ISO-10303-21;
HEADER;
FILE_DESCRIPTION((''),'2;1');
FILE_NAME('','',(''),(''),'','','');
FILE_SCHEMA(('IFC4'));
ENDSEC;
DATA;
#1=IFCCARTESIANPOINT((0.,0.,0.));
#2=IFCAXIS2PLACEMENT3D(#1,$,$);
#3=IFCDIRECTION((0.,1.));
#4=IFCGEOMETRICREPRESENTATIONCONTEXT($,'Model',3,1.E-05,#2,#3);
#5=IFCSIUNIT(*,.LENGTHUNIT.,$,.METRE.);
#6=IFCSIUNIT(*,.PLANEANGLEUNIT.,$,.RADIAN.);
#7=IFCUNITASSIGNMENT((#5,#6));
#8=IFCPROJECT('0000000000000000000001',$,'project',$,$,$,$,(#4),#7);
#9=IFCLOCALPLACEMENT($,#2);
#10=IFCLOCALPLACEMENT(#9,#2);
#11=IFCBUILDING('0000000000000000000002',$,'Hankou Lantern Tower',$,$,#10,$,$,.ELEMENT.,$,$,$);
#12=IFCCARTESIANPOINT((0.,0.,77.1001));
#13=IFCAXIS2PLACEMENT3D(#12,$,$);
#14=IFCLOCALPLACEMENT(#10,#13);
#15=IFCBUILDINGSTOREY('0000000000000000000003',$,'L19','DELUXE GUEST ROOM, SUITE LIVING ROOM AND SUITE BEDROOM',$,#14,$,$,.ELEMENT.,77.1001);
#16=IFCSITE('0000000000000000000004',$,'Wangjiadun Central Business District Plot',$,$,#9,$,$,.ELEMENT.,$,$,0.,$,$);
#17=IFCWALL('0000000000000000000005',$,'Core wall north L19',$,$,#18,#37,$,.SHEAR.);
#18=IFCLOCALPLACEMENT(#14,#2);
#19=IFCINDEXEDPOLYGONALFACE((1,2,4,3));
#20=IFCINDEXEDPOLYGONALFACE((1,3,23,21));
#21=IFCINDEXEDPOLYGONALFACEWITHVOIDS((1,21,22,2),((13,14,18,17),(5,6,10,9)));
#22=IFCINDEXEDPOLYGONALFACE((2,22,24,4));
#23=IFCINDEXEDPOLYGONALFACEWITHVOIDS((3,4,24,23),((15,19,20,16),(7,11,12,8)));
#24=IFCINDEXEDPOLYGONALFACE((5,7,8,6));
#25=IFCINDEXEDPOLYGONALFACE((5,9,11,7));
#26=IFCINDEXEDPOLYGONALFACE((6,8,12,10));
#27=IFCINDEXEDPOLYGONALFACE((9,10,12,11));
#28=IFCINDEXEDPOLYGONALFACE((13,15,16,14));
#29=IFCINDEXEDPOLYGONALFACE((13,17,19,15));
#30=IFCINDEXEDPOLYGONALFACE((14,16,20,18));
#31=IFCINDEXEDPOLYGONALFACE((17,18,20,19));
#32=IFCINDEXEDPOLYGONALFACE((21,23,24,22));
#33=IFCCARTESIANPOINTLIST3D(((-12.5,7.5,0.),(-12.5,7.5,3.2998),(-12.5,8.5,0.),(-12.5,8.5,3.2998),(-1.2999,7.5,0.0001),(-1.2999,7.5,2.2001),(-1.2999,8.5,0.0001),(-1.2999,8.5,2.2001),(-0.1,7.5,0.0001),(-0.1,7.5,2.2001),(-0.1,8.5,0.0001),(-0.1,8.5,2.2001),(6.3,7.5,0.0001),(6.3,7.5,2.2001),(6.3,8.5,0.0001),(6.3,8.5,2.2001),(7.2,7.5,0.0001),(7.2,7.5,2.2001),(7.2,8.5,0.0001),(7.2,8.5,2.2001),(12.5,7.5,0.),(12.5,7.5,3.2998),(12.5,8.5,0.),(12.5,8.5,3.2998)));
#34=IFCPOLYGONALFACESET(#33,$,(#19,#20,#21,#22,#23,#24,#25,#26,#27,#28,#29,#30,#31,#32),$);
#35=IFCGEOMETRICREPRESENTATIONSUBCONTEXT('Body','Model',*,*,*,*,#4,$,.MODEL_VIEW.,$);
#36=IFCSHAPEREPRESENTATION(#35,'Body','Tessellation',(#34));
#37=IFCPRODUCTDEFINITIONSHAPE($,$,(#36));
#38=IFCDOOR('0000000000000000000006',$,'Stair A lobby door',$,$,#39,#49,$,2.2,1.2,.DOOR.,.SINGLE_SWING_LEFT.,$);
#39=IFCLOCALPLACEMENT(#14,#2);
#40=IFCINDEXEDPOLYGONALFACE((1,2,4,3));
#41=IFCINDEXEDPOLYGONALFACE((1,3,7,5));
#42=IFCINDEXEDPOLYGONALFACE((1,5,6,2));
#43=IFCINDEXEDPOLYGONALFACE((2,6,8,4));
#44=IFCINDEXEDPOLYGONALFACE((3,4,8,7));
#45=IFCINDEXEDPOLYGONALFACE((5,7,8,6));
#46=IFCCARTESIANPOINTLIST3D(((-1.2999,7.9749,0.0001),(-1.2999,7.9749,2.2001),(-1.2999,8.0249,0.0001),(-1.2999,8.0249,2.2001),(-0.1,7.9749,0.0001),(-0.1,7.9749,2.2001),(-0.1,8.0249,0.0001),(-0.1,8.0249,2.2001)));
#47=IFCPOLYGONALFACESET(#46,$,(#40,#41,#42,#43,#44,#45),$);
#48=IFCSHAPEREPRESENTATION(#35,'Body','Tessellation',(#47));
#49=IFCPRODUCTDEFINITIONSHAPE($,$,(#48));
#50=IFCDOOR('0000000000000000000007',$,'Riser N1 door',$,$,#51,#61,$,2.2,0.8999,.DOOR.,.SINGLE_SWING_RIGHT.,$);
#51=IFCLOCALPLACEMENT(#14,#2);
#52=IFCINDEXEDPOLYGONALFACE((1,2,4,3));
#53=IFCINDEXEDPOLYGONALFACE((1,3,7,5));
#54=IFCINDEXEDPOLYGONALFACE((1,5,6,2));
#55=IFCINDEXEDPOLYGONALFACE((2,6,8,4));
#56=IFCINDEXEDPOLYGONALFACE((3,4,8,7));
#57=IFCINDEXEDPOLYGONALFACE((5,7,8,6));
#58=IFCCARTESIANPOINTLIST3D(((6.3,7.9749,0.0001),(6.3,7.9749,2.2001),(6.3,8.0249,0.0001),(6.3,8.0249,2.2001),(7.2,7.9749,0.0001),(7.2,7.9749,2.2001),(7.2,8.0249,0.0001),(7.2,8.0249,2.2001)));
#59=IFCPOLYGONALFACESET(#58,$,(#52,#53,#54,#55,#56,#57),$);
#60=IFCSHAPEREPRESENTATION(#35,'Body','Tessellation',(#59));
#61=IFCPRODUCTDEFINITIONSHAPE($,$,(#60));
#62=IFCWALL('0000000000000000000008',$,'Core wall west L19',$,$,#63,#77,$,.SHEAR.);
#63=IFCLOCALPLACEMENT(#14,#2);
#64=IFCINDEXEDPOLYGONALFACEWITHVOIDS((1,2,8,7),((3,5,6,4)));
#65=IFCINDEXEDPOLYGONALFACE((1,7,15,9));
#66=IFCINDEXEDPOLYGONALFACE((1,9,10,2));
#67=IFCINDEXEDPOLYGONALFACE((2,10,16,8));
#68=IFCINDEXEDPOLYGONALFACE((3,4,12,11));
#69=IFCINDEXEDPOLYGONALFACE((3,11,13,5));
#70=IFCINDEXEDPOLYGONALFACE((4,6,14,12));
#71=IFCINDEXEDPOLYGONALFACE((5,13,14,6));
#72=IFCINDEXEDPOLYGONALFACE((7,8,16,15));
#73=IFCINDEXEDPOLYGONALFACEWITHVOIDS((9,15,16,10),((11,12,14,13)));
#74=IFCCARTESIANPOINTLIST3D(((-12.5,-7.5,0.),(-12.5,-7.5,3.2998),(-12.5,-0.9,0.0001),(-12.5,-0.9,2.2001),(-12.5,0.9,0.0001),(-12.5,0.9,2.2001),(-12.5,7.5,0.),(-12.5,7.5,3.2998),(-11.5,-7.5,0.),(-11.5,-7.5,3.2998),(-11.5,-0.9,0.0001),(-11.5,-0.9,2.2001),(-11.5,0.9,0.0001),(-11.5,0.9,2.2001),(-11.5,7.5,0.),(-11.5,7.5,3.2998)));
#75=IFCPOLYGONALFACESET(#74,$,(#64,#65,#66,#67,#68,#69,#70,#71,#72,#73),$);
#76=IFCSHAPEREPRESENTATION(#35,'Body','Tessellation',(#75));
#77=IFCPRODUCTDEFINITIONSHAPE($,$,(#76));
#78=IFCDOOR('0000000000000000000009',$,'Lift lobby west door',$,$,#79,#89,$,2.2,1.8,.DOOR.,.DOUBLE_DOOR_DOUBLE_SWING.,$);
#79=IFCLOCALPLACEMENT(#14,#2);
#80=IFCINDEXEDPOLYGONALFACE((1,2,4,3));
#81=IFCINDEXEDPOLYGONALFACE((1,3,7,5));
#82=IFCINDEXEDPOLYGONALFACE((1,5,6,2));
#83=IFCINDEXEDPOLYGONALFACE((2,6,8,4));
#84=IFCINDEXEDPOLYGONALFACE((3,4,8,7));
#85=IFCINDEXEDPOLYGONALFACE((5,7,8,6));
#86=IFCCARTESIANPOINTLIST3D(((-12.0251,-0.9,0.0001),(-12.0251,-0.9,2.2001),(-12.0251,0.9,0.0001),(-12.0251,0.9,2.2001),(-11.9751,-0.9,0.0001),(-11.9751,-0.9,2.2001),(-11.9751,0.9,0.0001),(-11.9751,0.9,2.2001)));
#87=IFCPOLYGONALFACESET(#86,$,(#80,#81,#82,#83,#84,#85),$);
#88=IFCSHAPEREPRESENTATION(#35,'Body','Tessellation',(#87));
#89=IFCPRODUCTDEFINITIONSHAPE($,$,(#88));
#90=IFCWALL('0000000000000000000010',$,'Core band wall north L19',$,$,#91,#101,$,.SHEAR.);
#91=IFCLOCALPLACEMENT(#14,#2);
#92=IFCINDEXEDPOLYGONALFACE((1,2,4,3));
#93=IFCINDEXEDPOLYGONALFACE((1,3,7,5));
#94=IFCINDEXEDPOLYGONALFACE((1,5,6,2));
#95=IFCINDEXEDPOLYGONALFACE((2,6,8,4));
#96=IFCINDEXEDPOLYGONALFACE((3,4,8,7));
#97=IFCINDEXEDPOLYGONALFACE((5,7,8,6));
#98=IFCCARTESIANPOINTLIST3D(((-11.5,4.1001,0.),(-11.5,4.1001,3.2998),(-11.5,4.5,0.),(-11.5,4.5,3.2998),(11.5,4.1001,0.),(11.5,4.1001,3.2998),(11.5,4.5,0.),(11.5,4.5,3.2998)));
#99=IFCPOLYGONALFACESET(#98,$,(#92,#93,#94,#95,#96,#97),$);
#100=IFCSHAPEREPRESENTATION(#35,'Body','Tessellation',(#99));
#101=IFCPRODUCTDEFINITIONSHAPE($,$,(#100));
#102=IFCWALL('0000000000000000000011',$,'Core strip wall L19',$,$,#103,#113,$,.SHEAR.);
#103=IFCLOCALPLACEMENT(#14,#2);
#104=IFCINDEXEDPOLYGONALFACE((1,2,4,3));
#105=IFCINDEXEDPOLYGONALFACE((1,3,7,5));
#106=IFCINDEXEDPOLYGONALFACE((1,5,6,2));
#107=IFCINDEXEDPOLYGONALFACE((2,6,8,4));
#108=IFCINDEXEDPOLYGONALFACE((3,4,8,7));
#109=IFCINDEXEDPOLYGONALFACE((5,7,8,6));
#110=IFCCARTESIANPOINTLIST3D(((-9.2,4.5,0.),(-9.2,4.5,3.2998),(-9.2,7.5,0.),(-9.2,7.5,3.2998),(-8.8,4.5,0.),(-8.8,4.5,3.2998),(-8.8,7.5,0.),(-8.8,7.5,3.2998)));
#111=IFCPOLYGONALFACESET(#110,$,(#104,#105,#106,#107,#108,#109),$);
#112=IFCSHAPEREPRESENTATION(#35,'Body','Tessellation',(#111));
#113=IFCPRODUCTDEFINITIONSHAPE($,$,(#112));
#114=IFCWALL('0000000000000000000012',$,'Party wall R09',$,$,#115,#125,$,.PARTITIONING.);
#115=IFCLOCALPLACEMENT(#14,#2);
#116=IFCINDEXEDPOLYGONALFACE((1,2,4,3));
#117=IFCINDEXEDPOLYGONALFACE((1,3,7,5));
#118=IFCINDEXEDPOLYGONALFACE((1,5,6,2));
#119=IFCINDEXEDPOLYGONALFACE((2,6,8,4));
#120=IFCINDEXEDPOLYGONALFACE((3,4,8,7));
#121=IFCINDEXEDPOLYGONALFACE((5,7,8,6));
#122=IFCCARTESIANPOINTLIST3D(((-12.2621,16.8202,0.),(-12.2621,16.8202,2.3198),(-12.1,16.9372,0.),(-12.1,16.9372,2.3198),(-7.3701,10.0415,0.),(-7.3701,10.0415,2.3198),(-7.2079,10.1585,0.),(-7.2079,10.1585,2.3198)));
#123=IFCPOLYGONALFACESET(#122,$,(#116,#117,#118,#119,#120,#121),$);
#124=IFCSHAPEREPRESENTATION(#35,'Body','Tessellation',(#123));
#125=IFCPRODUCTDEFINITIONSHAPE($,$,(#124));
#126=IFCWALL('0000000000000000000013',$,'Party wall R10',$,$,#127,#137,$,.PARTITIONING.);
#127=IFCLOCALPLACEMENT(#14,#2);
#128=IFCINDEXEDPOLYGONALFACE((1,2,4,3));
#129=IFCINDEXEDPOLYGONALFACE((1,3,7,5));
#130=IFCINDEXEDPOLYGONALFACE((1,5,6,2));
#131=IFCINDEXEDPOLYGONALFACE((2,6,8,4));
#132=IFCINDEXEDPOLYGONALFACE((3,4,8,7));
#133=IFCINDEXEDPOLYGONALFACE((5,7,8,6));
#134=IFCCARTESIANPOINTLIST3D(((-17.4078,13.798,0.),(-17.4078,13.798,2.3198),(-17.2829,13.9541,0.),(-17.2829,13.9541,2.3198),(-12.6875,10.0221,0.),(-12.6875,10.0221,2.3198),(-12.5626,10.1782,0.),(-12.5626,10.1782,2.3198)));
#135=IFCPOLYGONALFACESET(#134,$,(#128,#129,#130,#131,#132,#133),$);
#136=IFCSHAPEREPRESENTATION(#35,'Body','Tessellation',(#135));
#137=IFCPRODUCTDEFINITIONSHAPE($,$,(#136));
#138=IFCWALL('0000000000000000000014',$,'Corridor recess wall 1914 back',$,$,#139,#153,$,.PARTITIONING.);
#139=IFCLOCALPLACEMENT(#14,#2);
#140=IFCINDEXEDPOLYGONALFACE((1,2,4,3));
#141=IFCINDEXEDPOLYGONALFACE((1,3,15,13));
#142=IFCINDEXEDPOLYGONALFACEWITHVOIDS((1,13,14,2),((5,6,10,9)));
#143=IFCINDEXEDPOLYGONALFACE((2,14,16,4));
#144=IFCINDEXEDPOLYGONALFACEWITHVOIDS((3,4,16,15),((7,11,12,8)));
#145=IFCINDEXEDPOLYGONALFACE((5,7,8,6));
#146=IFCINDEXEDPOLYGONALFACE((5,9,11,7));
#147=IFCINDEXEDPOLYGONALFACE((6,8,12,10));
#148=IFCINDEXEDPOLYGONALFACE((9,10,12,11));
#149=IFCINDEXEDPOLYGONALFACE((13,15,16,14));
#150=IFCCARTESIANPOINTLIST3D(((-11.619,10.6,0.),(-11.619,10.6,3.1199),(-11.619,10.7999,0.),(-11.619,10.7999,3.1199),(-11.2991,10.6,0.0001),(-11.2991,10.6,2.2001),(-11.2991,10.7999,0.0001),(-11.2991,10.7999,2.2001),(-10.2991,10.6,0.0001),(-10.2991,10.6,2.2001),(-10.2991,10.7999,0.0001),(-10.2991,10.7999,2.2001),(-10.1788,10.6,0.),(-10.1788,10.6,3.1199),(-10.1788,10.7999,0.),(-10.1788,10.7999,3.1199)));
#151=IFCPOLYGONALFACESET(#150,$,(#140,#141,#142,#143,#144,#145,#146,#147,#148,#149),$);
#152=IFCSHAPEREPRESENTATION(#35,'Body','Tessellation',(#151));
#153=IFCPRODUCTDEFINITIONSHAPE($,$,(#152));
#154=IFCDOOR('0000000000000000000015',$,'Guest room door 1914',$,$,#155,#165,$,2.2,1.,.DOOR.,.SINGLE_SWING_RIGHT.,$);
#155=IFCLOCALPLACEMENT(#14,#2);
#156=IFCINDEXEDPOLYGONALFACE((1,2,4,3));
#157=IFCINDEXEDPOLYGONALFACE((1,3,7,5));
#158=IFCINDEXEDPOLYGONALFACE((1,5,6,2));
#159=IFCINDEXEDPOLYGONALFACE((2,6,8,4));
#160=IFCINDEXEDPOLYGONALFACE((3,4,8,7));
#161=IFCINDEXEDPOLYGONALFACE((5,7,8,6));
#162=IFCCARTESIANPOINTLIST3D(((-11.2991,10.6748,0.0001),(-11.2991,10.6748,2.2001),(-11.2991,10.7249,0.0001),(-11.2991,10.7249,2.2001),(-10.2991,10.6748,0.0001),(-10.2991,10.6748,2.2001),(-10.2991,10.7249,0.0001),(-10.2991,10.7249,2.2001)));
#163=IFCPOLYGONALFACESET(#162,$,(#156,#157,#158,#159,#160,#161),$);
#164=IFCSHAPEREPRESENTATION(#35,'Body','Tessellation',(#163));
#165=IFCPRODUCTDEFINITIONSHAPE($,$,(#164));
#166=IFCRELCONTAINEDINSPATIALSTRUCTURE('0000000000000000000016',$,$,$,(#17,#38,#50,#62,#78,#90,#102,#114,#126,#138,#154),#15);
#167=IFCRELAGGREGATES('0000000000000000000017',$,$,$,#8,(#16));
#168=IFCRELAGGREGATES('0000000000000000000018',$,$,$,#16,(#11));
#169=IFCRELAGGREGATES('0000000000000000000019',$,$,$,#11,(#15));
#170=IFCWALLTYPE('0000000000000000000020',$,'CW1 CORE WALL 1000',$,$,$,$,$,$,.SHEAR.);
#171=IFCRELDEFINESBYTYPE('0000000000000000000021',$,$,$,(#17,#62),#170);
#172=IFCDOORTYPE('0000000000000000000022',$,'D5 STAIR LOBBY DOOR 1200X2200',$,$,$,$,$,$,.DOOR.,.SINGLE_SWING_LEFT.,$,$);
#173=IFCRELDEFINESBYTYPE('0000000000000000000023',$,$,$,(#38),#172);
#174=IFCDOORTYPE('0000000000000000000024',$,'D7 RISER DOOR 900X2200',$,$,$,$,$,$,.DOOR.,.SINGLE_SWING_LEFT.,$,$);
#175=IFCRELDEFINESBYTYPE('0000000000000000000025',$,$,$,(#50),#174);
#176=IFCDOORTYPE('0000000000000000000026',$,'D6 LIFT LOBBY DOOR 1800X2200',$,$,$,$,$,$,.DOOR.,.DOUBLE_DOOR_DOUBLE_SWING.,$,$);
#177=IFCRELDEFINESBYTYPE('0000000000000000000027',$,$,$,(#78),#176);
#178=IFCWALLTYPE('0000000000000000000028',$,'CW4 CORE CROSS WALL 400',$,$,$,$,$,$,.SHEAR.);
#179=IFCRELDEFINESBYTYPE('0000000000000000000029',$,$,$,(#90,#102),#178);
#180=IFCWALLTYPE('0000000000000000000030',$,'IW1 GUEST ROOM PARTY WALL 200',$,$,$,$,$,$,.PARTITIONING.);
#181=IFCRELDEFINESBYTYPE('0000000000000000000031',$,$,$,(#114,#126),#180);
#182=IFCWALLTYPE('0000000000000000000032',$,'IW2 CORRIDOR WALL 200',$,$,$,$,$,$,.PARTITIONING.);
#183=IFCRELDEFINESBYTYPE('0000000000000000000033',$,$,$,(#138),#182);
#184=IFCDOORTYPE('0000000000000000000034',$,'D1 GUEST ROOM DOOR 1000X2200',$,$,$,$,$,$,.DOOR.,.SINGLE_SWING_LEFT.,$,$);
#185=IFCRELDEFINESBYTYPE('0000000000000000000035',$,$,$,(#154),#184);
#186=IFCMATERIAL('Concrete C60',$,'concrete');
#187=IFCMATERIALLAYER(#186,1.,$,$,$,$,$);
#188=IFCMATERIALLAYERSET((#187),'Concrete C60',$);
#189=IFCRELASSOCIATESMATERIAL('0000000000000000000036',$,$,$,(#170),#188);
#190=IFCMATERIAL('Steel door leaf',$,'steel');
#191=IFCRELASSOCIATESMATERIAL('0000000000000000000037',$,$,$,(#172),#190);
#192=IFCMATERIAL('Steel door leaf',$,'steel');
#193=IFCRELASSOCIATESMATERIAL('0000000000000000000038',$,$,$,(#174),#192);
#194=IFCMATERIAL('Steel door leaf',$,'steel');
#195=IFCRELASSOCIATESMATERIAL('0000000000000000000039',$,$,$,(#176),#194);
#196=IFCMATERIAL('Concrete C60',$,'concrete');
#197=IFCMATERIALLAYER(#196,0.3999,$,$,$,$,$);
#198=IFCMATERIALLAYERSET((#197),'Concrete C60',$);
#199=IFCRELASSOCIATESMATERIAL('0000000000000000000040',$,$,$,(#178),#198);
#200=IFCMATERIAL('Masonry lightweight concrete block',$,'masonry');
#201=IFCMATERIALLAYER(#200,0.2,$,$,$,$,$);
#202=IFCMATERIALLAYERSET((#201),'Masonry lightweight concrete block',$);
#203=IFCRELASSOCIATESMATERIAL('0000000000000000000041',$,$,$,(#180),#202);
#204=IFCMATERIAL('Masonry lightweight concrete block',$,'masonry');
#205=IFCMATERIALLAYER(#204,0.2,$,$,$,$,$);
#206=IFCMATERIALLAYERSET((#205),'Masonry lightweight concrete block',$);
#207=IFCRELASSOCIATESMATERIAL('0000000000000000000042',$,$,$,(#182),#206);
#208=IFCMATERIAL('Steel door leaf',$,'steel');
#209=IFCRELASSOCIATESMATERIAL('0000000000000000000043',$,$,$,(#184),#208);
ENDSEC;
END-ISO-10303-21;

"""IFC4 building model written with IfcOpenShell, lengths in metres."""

from ifc_helpers import new_model, si_unit, direction, frame, frame_2d, origin, place, context, subcontext, project, spatial, rectangle, extrude, material, layer, layer_set, type_object, element, fill, save


model = new_model("IFC4")

# Units and contexts
model_context = context("Model", 3, precision=1e-05, world=origin(), true_north=direction((0.0, 1.0)))
body_context = subcontext(model_context, "Body", "Model", "MODEL_VIEW")
ifc_project = project(units=[si_unit("LENGTHUNIT", "METRE"), si_unit("PLANEANGLEUNIT", "RADIAN")], contexts=[model_context])

# Site, building, storey
site_placement = place(None, origin())
site = spatial("IfcSite", under=ifc_project, at=site_placement, Name="Wangjiadun Central Business District Plot", CompositionType="ELEMENT", RefElevation=0.0)
building_placement = place(site_placement, origin())
building = spatial("IfcBuilding", under=site, at=building_placement, Name="Hankou Lantern Tower", CompositionType="ELEMENT")
storey_placement = place(building_placement, frame((0.0, 0.0, 77.1001)))
storey = spatial("IfcBuildingStorey", under=building, at=storey_placement, Name="L19", Description="DELUXE GUEST ROOM, SUITE LIVING ROOM AND SUITE BEDROOM", CompositionType="ELEMENT", Elevation=77.1001)

# Wall, openings, doors
ifc_material_1 = material(Name="Concrete C60", Category="concrete")
ifc_layer_1 = layer(ifc_material_1, 1.0)
ifc_layer_set_1 = layer_set([ifc_layer_1], Name="Concrete C60")
wall_type_1 = type_object("IfcWallType", Name="CW1 CORE WALL 1000", PredefinedType="SHEAR", material=ifc_layer_set_1)
wall_1_placement = place(storey_placement, frame((-12.5, 8.0, 0.0), z_axis=(0.0, 0.0, 1.0), x_axis=(1.0, 0.0, 0.0)))
wall_1 = element("IfcWall", 1, at=wall_1_placement, inside=storey, type_object=wall_type_1, Name="Core wall north L19", PredefinedType="SHEAR", context=body_context, shape_type="SweptSolid", body=[
    extrude(rectangle(XDim=25.0, YDim=1.0, at=frame_2d((12.5, 0.0))), origin(), (0.0, 0.0, 1.0), 3.2998),
])
opening_1_placement = place(wall_1_placement, frame((11.2, 0.0, 0.0)))
opening_1 = element("IfcOpeningElement", 2, at=opening_1_placement, cuts=wall_1, PredefinedType="OPENING", context=body_context, shape_type="SweptSolid", body=[
    extrude(rectangle(XDim=1.2, YDim=2.2, at=frame_2d((0.6001, 1.1001))), frame((0.0, 0.51, 0.0), z_axis=(0.0, -1.0, 0.0), x_axis=(1.0, 0.0, 0.0)), (0.0, 0.0, 1.0), 1.02),
])
opening_2_placement = place(wall_1_placement, frame((18.8, 0.0, 0.0)))
opening_2 = element("IfcOpeningElement", 3, at=opening_2_placement, cuts=wall_1, PredefinedType="OPENING", context=body_context, shape_type="SweptSolid", body=[
    extrude(rectangle(XDim=0.8999, YDim=2.2, at=frame_2d((0.45, 1.1001))), frame((0.0, 0.51, 0.0), z_axis=(0.0, -1.0, 0.0), x_axis=(1.0, 0.0, 0.0)), (0.0, 0.0, 1.0), 1.02),
])
ifc_material_2 = material(Name="Steel door leaf", Category="steel")
door_type_1 = type_object("IfcDoorType", Name="D5 STAIR LOBBY DOOR 1200X2200", OperationType="SINGLE_SWING_LEFT", PredefinedType="DOOR", material=ifc_material_2)
door_1_placement = place(opening_1_placement, origin())
door_1 = element("IfcDoor", 4, at=door_1_placement, inside=storey, type_object=door_type_1, Name="Stair A lobby door", OperationType="SINGLE_SWING_LEFT", OverallHeight=2.2, OverallWidth=1.2, PredefinedType="DOOR", context=body_context, shape_type="SweptSolid", body=[
    extrude(rectangle(XDim=1.2, YDim=2.2, at=frame_2d((0.6001, 1.1001))), frame((0.0, 0.0249, 0.0), z_axis=(0.0, -1.0, 0.0), x_axis=(1.0, 0.0, 0.0)), (0.0, 0.0, 1.0), 0.05),
])
fill(opening_1, door_1)
ifc_material_3 = material(Name="Steel door leaf", Category="steel")
door_type_2 = type_object("IfcDoorType", Name="D7 RISER DOOR 900X2200", OperationType="SINGLE_SWING_LEFT", PredefinedType="DOOR", material=ifc_material_3)
door_2_placement = place(opening_2_placement, origin())
door_2 = element("IfcDoor", 5, at=door_2_placement, inside=storey, type_object=door_type_2, Name="Riser N1 door", OperationType="SINGLE_SWING_RIGHT", OverallHeight=2.2, OverallWidth=0.8999, PredefinedType="DOOR", context=body_context, shape_type="SweptSolid", body=[
    extrude(rectangle(XDim=0.8999, YDim=2.2, at=frame_2d((0.45, 1.1001))), frame((0.0, 0.0249, 0.0), z_axis=(0.0, -1.0, 0.0), x_axis=(1.0, 0.0, 0.0)), (0.0, 0.0, 1.0), 0.05),
])
fill(opening_2, door_2)

# Wall, opening, door
wall_2_placement = place(storey_placement, frame((-12.0, 7.5, 0.0), z_axis=(0.0, 0.0, 1.0), x_axis=(0.0, -1.0, 0.0)))
wall_2 = element("IfcWall", 6, at=wall_2_placement, inside=storey, type_object=wall_type_1, Name="Core wall west L19", PredefinedType="SHEAR", context=body_context, shape_type="SweptSolid", body=[
    extrude(rectangle(XDim=15.0, YDim=1.0, at=frame_2d((7.5, 0.0))), origin(), (0.0, 0.0, 1.0), 3.2998),
])
opening_3_placement = place(wall_2_placement, frame((6.6001, 0.0, 0.0)))
opening_3 = element("IfcOpeningElement", 7, at=opening_3_placement, cuts=wall_2, PredefinedType="OPENING", context=body_context, shape_type="SweptSolid", body=[
    extrude(rectangle(XDim=1.8, YDim=2.2, at=frame_2d((0.8999, 1.1001))), frame((0.0, 0.51, 0.0), z_axis=(0.0, -1.0, 0.0), x_axis=(1.0, 0.0, 0.0)), (0.0, 0.0, 1.0), 1.02),
])
ifc_material_4 = material(Name="Steel door leaf", Category="steel")
door_type_3 = type_object("IfcDoorType", Name="D6 LIFT LOBBY DOOR 1800X2200", OperationType="DOUBLE_DOOR_DOUBLE_SWING", PredefinedType="DOOR", material=ifc_material_4)
door_3_placement = place(opening_3_placement, origin())
door_3 = element("IfcDoor", 8, at=door_3_placement, inside=storey, type_object=door_type_3, Name="Lift lobby west door", OperationType="DOUBLE_DOOR_DOUBLE_SWING", OverallHeight=2.2, OverallWidth=1.8, PredefinedType="DOOR", context=body_context, shape_type="SweptSolid", body=[
    extrude(rectangle(XDim=1.8, YDim=2.2, at=frame_2d((0.8999, 1.1001))), frame((0.0, 0.0249, 0.0), z_axis=(0.0, -1.0, 0.0), x_axis=(1.0, 0.0, 0.0)), (0.0, 0.0, 1.0), 0.05),
])
fill(opening_3, door_3)

# Walls
ifc_material_5 = material(Name="Concrete C60", Category="concrete")
ifc_layer_2 = layer(ifc_material_5, 0.3999)
ifc_layer_set_2 = layer_set([ifc_layer_2], Name="Concrete C60")
wall_type_2 = type_object("IfcWallType", Name="CW4 CORE CROSS WALL 400", PredefinedType="SHEAR", material=ifc_layer_set_2)
wall_3_placement = place(storey_placement, frame((-11.5, 4.3, 0.0), z_axis=(0.0, 0.0, 1.0), x_axis=(1.0, 0.0, 0.0)))
element("IfcWall", 9, at=wall_3_placement, inside=storey, type_object=wall_type_2, Name="Core band wall north L19", PredefinedType="SHEAR", context=body_context, shape_type="SweptSolid", body=[
    extrude(rectangle(XDim=23.0, YDim=0.3999, at=frame_2d((11.5, 0.0))), origin(), (0.0, 0.0, 1.0), 3.2998),
])
wall_4_placement = place(storey_placement, frame((-9.0, 4.5, 0.0), z_axis=(0.0, 0.0, 1.0), x_axis=(0.0, 1.0, 0.0)))
element("IfcWall", 10, at=wall_4_placement, inside=storey, type_object=wall_type_2, Name="Core strip wall L19", PredefinedType="SHEAR", context=body_context, shape_type="SweptSolid", body=[
    extrude(rectangle(XDim=3.0, YDim=0.3999, at=frame_2d((1.5, 0.0))), origin(), (0.0, 0.0, 1.0), 3.2998),
])
ifc_material_6 = material(Name="Masonry lightweight concrete block", Category="masonry")
ifc_layer_3 = layer(ifc_material_6, 0.2)
ifc_layer_set_3 = layer_set([ifc_layer_3], Name="Masonry lightweight concrete block")
wall_type_3 = type_object("IfcWallType", Name="IW1 GUEST ROOM PARTY WALL 200", PredefinedType="PARTITIONING", material=ifc_layer_set_3)
wall_5_placement = place(storey_placement, frame((-7.2891, 10.1001, 0.0), z_axis=(0.0, 0.0, 1.0), x_axis=(-0.585198, 0.81089, 0.0)))
element("IfcWall", 11, at=wall_5_placement, inside=storey, type_object=wall_type_3, Name="Party wall R09", PredefinedType="PARTITIONING", context=body_context, shape_type="SweptSolid", body=[
    extrude(rectangle(XDim=8.3596, YDim=0.2, at=frame_2d((4.1797, 0.0))), origin(), (0.0, 0.0, 1.0), 2.3198),
])
wall_6_placement = place(storey_placement, frame((-12.625, 10.1001, 0.0), z_axis=(0.0, 0.0, 1.0), x_axis=(-0.780892, 0.624665, 0.0)))
element("IfcWall", 12, at=wall_6_placement, inside=storey, type_object=wall_type_3, Name="Party wall R10", PredefinedType="PARTITIONING", context=body_context, shape_type="SweptSolid", body=[
    extrude(rectangle(XDim=6.0447, YDim=0.2, at=frame_2d((3.0225, 0.0))), origin(), (0.0, 0.0, 1.0), 2.3198),
])

# Wall, opening, door
ifc_material_7 = material(Name="Masonry lightweight concrete block", Category="masonry")
ifc_layer_4 = layer(ifc_material_7, 0.2)
ifc_layer_set_4 = layer_set([ifc_layer_4], Name="Masonry lightweight concrete block")
wall_type_4 = type_object("IfcWallType", Name="IW2 CORRIDOR WALL 200", PredefinedType="PARTITIONING", material=ifc_layer_set_4)
wall_7_placement = place(storey_placement, frame((-11.6191, 10.7, 0.0), z_axis=(0.0, 0.0, 1.0), x_axis=(1.0, 0.0, 0.0)))
wall_7 = element("IfcWall", 13, at=wall_7_placement, inside=storey, type_object=wall_type_4, Name="Corridor recess wall 1914 back", PredefinedType="PARTITIONING", context=body_context, shape_type="SweptSolid", body=[
    extrude(rectangle(XDim=1.4402, YDim=0.2, at=frame_2d((0.7202, 0.0))), origin(), (0.0, 0.0, 1.0), 3.1199),
])
opening_4_placement = place(wall_7_placement, frame((0.3201, 0.0, 0.0)))
opening_4 = element("IfcOpeningElement", 14, at=opening_4_placement, cuts=wall_7, PredefinedType="OPENING", context=body_context, shape_type="SweptSolid", body=[
    extrude(rectangle(XDim=1.0, YDim=2.2, at=frame_2d((0.5, 1.1001))), frame((0.0, 0.1099, 0.0), z_axis=(0.0, -1.0, 0.0), x_axis=(1.0, 0.0, 0.0)), (0.0, 0.0, 1.0), 0.22),
])
ifc_material_8 = material(Name="Steel door leaf", Category="steel")
door_type_4 = type_object("IfcDoorType", Name="D1 GUEST ROOM DOOR 1000X2200", OperationType="SINGLE_SWING_LEFT", PredefinedType="DOOR", material=ifc_material_8)
door_4_placement = place(opening_4_placement, origin())
door_4 = element("IfcDoor", 15, at=door_4_placement, inside=storey, type_object=door_type_4, Name="Guest room door 1914", OperationType="SINGLE_SWING_RIGHT", OverallHeight=2.2, OverallWidth=1.0, PredefinedType="DOOR", context=body_context, shape_type="SweptSolid", body=[
    extrude(rectangle(XDim=1.0, YDim=2.2, at=frame_2d((0.5, 1.1001))), frame((0.0, 0.0249, 0.0), z_axis=(0.0, -1.0, 0.0), x_axis=(1.0, 0.0, 0.0)), (0.0, 0.0, 1.0), 0.05),
])
fill(opening_4, door_4)

save(model, "model.ifc")
